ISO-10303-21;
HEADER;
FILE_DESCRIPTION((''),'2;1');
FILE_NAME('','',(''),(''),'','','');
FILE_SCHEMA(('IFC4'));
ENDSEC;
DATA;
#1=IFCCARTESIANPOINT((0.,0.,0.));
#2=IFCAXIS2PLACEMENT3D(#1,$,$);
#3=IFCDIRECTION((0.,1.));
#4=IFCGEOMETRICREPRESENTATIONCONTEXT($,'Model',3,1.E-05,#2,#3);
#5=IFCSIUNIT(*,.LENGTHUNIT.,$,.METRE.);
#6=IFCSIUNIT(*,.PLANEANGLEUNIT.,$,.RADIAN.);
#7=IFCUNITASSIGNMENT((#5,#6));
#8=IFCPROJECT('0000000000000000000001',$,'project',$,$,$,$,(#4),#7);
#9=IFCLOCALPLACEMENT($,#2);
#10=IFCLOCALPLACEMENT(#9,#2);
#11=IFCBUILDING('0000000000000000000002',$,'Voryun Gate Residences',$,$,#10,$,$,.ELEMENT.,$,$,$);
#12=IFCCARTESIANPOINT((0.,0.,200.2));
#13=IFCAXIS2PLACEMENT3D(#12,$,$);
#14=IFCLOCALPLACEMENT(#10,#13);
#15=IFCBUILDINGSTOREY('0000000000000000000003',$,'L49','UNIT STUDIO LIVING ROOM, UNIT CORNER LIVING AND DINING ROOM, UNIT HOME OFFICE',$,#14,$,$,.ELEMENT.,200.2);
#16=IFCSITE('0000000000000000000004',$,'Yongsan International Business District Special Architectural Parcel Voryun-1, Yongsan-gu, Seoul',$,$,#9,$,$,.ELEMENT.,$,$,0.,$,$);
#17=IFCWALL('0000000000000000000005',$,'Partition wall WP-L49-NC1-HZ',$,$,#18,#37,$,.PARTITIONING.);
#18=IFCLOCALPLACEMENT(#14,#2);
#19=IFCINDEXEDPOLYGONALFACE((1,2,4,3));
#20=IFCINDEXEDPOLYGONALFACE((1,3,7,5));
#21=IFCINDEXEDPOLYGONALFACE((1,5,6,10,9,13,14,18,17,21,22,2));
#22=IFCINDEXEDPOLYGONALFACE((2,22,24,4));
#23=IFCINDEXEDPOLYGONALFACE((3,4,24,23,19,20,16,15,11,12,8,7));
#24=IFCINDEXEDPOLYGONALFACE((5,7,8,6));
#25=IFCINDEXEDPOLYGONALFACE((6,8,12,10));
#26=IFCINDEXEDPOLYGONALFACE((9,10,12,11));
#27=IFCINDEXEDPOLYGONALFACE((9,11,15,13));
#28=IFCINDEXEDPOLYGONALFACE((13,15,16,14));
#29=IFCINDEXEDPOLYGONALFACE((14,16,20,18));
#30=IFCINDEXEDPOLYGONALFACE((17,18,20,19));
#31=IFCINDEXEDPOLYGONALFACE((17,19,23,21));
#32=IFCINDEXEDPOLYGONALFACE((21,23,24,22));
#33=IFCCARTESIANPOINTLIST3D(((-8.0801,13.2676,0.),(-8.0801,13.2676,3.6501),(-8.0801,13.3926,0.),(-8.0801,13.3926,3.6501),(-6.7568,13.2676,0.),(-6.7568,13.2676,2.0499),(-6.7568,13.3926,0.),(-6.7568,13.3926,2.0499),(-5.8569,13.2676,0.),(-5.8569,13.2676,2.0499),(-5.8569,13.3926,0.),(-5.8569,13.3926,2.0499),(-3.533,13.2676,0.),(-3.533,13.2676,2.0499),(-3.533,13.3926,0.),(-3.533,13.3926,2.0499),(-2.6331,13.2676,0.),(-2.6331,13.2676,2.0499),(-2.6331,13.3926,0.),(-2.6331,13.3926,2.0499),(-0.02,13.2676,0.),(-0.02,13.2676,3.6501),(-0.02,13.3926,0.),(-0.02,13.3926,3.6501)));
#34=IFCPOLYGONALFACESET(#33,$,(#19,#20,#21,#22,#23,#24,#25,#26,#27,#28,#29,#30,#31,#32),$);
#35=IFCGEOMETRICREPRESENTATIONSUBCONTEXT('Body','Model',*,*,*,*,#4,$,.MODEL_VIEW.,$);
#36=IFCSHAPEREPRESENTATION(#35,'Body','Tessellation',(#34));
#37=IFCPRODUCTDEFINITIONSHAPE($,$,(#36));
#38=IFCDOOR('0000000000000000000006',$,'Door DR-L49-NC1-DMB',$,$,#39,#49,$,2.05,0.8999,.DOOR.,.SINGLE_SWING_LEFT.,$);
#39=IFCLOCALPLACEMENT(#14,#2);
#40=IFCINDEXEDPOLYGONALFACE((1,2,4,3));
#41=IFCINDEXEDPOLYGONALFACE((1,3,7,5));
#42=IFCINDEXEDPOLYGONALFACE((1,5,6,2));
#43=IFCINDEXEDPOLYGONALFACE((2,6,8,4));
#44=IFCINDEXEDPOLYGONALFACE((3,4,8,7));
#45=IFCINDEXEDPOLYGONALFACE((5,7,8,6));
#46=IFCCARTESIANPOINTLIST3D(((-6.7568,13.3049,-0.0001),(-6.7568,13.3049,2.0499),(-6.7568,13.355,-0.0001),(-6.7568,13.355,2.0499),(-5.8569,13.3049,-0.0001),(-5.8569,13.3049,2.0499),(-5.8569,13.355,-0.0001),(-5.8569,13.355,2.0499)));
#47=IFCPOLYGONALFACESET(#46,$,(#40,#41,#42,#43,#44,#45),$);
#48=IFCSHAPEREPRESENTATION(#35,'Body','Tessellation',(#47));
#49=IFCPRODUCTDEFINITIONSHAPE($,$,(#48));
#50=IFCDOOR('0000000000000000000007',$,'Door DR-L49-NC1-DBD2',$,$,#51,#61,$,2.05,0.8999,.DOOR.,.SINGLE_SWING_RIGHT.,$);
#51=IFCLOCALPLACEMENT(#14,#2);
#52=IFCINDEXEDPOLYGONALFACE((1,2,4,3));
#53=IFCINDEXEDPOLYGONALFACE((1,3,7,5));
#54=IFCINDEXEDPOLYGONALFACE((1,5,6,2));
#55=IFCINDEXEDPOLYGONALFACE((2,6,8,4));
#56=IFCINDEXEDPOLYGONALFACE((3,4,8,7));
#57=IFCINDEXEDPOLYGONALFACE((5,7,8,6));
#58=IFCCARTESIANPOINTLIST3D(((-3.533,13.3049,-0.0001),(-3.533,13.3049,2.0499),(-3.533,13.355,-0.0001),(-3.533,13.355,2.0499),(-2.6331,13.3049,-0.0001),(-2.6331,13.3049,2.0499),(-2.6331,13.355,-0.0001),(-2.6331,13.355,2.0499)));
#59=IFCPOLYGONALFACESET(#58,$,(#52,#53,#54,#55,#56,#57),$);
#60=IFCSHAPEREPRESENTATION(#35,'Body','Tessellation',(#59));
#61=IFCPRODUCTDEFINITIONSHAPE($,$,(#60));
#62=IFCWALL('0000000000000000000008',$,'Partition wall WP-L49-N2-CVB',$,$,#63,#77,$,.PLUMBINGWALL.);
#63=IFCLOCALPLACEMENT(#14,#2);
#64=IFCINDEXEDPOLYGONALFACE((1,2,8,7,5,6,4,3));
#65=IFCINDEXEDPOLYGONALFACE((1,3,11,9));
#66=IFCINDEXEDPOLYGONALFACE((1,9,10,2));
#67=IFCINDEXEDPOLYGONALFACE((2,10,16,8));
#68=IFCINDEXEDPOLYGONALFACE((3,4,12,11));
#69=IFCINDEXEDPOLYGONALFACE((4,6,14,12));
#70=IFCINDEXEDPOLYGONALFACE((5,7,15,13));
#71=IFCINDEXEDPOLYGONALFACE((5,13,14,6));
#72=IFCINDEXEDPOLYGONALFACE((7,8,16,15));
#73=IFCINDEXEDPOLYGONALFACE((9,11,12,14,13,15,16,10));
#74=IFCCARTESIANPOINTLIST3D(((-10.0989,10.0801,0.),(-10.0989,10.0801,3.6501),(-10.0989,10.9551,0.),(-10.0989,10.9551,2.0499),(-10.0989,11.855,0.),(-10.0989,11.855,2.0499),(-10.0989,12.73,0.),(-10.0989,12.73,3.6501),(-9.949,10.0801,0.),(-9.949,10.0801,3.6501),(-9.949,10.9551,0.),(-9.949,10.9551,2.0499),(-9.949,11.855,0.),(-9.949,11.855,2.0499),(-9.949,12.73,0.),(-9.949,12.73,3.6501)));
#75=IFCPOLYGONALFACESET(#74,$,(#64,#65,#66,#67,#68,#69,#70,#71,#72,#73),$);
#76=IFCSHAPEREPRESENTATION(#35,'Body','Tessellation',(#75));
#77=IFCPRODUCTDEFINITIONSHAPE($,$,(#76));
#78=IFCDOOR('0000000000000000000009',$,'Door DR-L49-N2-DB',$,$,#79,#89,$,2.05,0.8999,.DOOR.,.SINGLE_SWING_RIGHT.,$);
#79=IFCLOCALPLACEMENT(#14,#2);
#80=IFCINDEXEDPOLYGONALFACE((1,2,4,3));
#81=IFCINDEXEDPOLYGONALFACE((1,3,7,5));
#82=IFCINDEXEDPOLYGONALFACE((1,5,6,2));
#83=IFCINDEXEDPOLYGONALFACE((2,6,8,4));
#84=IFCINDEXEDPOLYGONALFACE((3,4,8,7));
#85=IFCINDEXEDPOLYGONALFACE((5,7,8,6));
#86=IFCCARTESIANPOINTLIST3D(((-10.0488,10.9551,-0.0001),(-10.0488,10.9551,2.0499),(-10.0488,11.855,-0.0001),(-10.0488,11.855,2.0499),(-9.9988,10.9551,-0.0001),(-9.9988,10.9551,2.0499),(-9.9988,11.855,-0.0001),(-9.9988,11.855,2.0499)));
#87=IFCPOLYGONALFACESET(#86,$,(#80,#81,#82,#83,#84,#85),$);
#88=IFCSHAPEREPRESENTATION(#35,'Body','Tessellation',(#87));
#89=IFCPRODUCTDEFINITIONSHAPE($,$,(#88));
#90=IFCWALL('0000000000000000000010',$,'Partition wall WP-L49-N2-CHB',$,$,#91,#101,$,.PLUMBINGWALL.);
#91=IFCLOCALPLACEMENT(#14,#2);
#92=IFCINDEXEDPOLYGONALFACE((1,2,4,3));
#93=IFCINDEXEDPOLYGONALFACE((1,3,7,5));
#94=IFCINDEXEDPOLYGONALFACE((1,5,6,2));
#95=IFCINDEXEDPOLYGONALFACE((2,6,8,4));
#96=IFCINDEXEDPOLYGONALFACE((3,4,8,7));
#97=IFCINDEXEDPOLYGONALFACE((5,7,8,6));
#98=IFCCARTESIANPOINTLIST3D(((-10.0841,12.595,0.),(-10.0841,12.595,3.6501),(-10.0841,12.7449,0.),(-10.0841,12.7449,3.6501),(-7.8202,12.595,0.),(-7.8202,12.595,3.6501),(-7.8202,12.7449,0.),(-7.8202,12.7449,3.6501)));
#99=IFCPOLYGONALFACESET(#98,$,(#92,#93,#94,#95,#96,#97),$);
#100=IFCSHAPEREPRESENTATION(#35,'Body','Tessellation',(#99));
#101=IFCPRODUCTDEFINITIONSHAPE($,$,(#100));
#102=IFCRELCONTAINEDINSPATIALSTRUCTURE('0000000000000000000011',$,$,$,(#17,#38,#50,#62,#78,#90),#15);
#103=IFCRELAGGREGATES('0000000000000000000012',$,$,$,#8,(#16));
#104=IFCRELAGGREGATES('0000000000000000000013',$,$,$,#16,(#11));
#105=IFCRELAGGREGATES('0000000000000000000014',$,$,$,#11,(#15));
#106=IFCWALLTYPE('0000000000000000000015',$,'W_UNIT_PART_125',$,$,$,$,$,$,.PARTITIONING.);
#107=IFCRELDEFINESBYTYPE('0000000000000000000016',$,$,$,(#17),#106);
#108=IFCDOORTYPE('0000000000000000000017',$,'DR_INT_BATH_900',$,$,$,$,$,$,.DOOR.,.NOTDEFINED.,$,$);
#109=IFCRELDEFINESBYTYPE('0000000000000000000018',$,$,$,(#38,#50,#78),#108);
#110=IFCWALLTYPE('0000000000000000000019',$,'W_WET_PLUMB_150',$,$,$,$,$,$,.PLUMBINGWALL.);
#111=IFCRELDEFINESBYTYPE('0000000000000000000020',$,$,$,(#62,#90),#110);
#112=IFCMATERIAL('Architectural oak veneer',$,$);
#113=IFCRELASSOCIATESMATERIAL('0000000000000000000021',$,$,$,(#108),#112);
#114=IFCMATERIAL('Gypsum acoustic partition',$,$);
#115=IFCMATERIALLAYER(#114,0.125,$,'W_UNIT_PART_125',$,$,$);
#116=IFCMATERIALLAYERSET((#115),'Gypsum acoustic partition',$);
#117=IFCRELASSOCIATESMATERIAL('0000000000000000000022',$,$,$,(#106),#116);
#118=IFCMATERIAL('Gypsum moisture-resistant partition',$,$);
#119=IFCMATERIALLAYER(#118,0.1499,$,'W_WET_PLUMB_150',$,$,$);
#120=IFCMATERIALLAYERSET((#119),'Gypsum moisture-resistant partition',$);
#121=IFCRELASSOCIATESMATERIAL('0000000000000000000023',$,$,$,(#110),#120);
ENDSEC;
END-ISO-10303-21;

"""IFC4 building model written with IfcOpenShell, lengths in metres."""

from ifc_helpers import new_model, si_unit, direction, frame, frame_2d, origin, place, context, subcontext, project, spatial, rectangle, extrude, material, layer, layer_set, type_object, element, fill, save


model = new_model("IFC4")

# Units and contexts
model_context = context("Model", 3, precision=1e-05, world=origin(), true_north=direction((0.0, 1.0)))
body_context = subcontext(model_context, "Body", "Model", "MODEL_VIEW")
ifc_project = project(units=[si_unit("LENGTHUNIT", "METRE"), si_unit("PLANEANGLEUNIT", "RADIAN")], contexts=[model_context])

# Site, building, storey
site_placement = place(None, origin())
site = spatial("IfcSite", under=ifc_project, at=site_placement, Name="Yongsan International Business District Special Architectural Parcel Voryun-1, Yongsan-gu, Seoul", CompositionType="ELEMENT", RefElevation=0.0)
building_placement = place(site_placement, origin())
building = spatial("IfcBuilding", under=site, at=building_placement, Name="Voryun Gate Residences", CompositionType="ELEMENT")
storey_placement = place(building_placement, frame((0.0, 0.0, 200.2)))
storey = spatial("IfcBuildingStorey", under=building, at=storey_placement, Name="L49", Description="UNIT STUDIO LIVING ROOM, UNIT CORNER LIVING AND DINING ROOM, UNIT HOME OFFICE", CompositionType="ELEMENT", Elevation=200.2)

# Shared definitions
ifc_material_1 = material(Name="Architectural oak veneer")
door_type = type_object("IfcDoorType", Name="DR_INT_BATH_900", OperationType="NOTDEFINED", PredefinedType="DOOR", material=ifc_material_1)

# Shared definitions
ifc_material_2 = material(Name="Gypsum acoustic partition")
ifc_layer_1 = layer(ifc_material_2, 0.125, Name="W_UNIT_PART_125")
ifc_layer_set_1 = layer_set([ifc_layer_1], Name="Gypsum acoustic partition")
wall_type_1 = type_object("IfcWallType", Name="W_UNIT_PART_125", PredefinedType="PARTITIONING", material=ifc_layer_set_1)

# Wall, openings, doors
wall_1_placement = place(storey_placement, frame((-8.0801, 13.3301, 0.0), z_axis=(0.0, 0.0, 1.0), x_axis=(1.0, 0.0, 0.0)))
wall_1 = element("IfcWall", 1, at=wall_1_placement, inside=storey, type_object=wall_type_1, Name="Partition wall WP-L49-NC1-HZ", PredefinedType="PARTITIONING", context=body_context, shape_type="SweptSolid", body=[
    extrude(rectangle(XDim=8.0601, YDim=0.125, at=frame_2d((4.03, 0.0))), origin(), (0.0, 0.0, 1.0), 3.6501),
])
opening_1_placement = place(wall_1_placement, frame((1.3232, 0.0, 0.0)))
opening_1 = element("IfcOpeningElement", 2, at=opening_1_placement, cuts=wall_1, PredefinedType="OPENING", context=body_context, shape_type="SweptSolid", body=[
    extrude(rectangle(XDim=0.8999, YDim=2.05, at=frame_2d((0.45, 1.0249))), frame((0.0, 0.0725, 0.0), z_axis=(0.0, -1.0, 0.0), x_axis=(1.0, 0.0, 0.0)), (0.0, 0.0, 1.0), 0.145),
])
opening_2_placement = place(wall_1_placement, frame((4.5471, 0.0, 0.0)))
opening_2 = element("IfcOpeningElement", 3, at=opening_2_placement, cuts=wall_1, PredefinedType="OPENING", context=body_context, shape_type="SweptSolid", body=[
    extrude(rectangle(XDim=0.8999, YDim=2.05, at=frame_2d((0.45, 1.0249))), frame((0.0, 0.0725, 0.0), z_axis=(0.0, -1.0, 0.0), x_axis=(1.0, 0.0, 0.0)), (0.0, 0.0, 1.0), 0.145),
])
door_1_placement = place(opening_1_placement, origin())
door_1 = element("IfcDoor", 4, at=door_1_placement, inside=storey, type_object=door_type, Name="Door DR-L49-NC1-DMB", OperationType="SINGLE_SWING_LEFT", OverallHeight=2.05, OverallWidth=0.8999, PredefinedType="DOOR", context=body_context, shape_type="SweptSolid", body=[
    extrude(rectangle(XDim=0.8999, YDim=2.05, at=frame_2d((0.45, 1.0249))), frame((0.0, 0.0249, 0.0), z_axis=(0.0, -1.0, 0.0), x_axis=(1.0, 0.0, 0.0)), (0.0, 0.0, 1.0), 0.05),
])
fill(opening_1, door_1)
door_2_placement = place(opening_2_placement, origin())
door_2 = element("IfcDoor", 5, at=door_2_placement, inside=storey, type_object=door_type, Name="Door DR-L49-NC1-DBD2", OperationType="SINGLE_SWING_RIGHT", OverallHeight=2.05, OverallWidth=0.8999, PredefinedType="DOOR", context=body_context, shape_type="SweptSolid", body=[
    extrude(rectangle(XDim=0.8999, YDim=2.05, at=frame_2d((0.45, 1.0249))), frame((0.0, 0.0249, 0.0), z_axis=(0.0, -1.0, 0.0), x_axis=(1.0, 0.0, 0.0)), (0.0, 0.0, 1.0), 0.05),
])
fill(opening_2, door_2)

# Wall, opening, door
ifc_material_3 = material(Name="Gypsum moisture-resistant partition")
ifc_layer_2 = layer(ifc_material_3, 0.1499, Name="W_WET_PLUMB_150")
ifc_layer_set_2 = layer_set([ifc_layer_2], Name="Gypsum moisture-resistant partition")
wall_type_2 = type_object("IfcWallType", Name="W_WET_PLUMB_150", PredefinedType="PLUMBINGWALL", material=ifc_layer_set_2)
wall_2_placement = place(storey_placement, frame((-10.0239, 10.0801, 0.0), z_axis=(0.0, 0.0, 1.0), x_axis=(0.0, 1.0, 0.0)))
wall_2 = element("IfcWall", 6, at=wall_2_placement, inside=storey, type_object=wall_type_2, Name="Partition wall WP-L49-N2-CVB", PredefinedType="PLUMBINGWALL", context=body_context, shape_type="SweptSolid", body=[
    extrude(rectangle(XDim=2.6499, YDim=0.1499, at=frame_2d((1.325, 0.0))), origin(), (0.0, 0.0, 1.0), 3.6501),
])
opening_3_placement = place(wall_2_placement, frame((0.875, 0.0, 0.0)))
opening_3 = element("IfcOpeningElement", 7, at=opening_3_placement, cuts=wall_2, PredefinedType="OPENING", context=body_context, shape_type="SweptSolid", body=[
    extrude(rectangle(XDim=0.8999, YDim=2.05, at=frame_2d((0.45, 1.0249))), frame((0.0, 0.085, 0.0), z_axis=(0.0, -1.0, 0.0), x_axis=(1.0, 0.0, 0.0)), (0.0, 0.0, 1.0), 0.1699),
])
door_3_placement = place(opening_3_placement, origin())
door_3 = element("IfcDoor", 8, at=door_3_placement, inside=storey, type_object=door_type, Name="Door DR-L49-N2-DB", OperationType="SINGLE_SWING_RIGHT", OverallHeight=2.05, OverallWidth=0.8999, PredefinedType="DOOR", context=body_context, shape_type="SweptSolid", body=[
    extrude(rectangle(XDim=0.8999, YDim=2.05, at=frame_2d((0.45, 1.0249))), frame((0.0, 0.0249, 0.0), z_axis=(0.0, -1.0, 0.0), x_axis=(1.0, 0.0, 0.0)), (0.0, 0.0, 1.0), 0.05),
])
fill(opening_3, door_3)

# Wall
wall_3_placement = place(storey_placement, frame((-10.084, 12.6699, 0.0), z_axis=(0.0, 0.0, 1.0), x_axis=(1.0, 0.0, 0.0)))
element("IfcWall", 9, at=wall_3_placement, inside=storey, type_object=wall_type_2, Name="Partition wall WP-L49-N2-CHB", PredefinedType="PLUMBINGWALL", context=body_context, shape_type="SweptSolid", body=[
    extrude(rectangle(XDim=2.2639, YDim=0.1499, at=frame_2d((1.1318, 0.0))), origin(), (0.0, 0.0, 1.0), 3.6501),
])

save(model, "model.ifc")
